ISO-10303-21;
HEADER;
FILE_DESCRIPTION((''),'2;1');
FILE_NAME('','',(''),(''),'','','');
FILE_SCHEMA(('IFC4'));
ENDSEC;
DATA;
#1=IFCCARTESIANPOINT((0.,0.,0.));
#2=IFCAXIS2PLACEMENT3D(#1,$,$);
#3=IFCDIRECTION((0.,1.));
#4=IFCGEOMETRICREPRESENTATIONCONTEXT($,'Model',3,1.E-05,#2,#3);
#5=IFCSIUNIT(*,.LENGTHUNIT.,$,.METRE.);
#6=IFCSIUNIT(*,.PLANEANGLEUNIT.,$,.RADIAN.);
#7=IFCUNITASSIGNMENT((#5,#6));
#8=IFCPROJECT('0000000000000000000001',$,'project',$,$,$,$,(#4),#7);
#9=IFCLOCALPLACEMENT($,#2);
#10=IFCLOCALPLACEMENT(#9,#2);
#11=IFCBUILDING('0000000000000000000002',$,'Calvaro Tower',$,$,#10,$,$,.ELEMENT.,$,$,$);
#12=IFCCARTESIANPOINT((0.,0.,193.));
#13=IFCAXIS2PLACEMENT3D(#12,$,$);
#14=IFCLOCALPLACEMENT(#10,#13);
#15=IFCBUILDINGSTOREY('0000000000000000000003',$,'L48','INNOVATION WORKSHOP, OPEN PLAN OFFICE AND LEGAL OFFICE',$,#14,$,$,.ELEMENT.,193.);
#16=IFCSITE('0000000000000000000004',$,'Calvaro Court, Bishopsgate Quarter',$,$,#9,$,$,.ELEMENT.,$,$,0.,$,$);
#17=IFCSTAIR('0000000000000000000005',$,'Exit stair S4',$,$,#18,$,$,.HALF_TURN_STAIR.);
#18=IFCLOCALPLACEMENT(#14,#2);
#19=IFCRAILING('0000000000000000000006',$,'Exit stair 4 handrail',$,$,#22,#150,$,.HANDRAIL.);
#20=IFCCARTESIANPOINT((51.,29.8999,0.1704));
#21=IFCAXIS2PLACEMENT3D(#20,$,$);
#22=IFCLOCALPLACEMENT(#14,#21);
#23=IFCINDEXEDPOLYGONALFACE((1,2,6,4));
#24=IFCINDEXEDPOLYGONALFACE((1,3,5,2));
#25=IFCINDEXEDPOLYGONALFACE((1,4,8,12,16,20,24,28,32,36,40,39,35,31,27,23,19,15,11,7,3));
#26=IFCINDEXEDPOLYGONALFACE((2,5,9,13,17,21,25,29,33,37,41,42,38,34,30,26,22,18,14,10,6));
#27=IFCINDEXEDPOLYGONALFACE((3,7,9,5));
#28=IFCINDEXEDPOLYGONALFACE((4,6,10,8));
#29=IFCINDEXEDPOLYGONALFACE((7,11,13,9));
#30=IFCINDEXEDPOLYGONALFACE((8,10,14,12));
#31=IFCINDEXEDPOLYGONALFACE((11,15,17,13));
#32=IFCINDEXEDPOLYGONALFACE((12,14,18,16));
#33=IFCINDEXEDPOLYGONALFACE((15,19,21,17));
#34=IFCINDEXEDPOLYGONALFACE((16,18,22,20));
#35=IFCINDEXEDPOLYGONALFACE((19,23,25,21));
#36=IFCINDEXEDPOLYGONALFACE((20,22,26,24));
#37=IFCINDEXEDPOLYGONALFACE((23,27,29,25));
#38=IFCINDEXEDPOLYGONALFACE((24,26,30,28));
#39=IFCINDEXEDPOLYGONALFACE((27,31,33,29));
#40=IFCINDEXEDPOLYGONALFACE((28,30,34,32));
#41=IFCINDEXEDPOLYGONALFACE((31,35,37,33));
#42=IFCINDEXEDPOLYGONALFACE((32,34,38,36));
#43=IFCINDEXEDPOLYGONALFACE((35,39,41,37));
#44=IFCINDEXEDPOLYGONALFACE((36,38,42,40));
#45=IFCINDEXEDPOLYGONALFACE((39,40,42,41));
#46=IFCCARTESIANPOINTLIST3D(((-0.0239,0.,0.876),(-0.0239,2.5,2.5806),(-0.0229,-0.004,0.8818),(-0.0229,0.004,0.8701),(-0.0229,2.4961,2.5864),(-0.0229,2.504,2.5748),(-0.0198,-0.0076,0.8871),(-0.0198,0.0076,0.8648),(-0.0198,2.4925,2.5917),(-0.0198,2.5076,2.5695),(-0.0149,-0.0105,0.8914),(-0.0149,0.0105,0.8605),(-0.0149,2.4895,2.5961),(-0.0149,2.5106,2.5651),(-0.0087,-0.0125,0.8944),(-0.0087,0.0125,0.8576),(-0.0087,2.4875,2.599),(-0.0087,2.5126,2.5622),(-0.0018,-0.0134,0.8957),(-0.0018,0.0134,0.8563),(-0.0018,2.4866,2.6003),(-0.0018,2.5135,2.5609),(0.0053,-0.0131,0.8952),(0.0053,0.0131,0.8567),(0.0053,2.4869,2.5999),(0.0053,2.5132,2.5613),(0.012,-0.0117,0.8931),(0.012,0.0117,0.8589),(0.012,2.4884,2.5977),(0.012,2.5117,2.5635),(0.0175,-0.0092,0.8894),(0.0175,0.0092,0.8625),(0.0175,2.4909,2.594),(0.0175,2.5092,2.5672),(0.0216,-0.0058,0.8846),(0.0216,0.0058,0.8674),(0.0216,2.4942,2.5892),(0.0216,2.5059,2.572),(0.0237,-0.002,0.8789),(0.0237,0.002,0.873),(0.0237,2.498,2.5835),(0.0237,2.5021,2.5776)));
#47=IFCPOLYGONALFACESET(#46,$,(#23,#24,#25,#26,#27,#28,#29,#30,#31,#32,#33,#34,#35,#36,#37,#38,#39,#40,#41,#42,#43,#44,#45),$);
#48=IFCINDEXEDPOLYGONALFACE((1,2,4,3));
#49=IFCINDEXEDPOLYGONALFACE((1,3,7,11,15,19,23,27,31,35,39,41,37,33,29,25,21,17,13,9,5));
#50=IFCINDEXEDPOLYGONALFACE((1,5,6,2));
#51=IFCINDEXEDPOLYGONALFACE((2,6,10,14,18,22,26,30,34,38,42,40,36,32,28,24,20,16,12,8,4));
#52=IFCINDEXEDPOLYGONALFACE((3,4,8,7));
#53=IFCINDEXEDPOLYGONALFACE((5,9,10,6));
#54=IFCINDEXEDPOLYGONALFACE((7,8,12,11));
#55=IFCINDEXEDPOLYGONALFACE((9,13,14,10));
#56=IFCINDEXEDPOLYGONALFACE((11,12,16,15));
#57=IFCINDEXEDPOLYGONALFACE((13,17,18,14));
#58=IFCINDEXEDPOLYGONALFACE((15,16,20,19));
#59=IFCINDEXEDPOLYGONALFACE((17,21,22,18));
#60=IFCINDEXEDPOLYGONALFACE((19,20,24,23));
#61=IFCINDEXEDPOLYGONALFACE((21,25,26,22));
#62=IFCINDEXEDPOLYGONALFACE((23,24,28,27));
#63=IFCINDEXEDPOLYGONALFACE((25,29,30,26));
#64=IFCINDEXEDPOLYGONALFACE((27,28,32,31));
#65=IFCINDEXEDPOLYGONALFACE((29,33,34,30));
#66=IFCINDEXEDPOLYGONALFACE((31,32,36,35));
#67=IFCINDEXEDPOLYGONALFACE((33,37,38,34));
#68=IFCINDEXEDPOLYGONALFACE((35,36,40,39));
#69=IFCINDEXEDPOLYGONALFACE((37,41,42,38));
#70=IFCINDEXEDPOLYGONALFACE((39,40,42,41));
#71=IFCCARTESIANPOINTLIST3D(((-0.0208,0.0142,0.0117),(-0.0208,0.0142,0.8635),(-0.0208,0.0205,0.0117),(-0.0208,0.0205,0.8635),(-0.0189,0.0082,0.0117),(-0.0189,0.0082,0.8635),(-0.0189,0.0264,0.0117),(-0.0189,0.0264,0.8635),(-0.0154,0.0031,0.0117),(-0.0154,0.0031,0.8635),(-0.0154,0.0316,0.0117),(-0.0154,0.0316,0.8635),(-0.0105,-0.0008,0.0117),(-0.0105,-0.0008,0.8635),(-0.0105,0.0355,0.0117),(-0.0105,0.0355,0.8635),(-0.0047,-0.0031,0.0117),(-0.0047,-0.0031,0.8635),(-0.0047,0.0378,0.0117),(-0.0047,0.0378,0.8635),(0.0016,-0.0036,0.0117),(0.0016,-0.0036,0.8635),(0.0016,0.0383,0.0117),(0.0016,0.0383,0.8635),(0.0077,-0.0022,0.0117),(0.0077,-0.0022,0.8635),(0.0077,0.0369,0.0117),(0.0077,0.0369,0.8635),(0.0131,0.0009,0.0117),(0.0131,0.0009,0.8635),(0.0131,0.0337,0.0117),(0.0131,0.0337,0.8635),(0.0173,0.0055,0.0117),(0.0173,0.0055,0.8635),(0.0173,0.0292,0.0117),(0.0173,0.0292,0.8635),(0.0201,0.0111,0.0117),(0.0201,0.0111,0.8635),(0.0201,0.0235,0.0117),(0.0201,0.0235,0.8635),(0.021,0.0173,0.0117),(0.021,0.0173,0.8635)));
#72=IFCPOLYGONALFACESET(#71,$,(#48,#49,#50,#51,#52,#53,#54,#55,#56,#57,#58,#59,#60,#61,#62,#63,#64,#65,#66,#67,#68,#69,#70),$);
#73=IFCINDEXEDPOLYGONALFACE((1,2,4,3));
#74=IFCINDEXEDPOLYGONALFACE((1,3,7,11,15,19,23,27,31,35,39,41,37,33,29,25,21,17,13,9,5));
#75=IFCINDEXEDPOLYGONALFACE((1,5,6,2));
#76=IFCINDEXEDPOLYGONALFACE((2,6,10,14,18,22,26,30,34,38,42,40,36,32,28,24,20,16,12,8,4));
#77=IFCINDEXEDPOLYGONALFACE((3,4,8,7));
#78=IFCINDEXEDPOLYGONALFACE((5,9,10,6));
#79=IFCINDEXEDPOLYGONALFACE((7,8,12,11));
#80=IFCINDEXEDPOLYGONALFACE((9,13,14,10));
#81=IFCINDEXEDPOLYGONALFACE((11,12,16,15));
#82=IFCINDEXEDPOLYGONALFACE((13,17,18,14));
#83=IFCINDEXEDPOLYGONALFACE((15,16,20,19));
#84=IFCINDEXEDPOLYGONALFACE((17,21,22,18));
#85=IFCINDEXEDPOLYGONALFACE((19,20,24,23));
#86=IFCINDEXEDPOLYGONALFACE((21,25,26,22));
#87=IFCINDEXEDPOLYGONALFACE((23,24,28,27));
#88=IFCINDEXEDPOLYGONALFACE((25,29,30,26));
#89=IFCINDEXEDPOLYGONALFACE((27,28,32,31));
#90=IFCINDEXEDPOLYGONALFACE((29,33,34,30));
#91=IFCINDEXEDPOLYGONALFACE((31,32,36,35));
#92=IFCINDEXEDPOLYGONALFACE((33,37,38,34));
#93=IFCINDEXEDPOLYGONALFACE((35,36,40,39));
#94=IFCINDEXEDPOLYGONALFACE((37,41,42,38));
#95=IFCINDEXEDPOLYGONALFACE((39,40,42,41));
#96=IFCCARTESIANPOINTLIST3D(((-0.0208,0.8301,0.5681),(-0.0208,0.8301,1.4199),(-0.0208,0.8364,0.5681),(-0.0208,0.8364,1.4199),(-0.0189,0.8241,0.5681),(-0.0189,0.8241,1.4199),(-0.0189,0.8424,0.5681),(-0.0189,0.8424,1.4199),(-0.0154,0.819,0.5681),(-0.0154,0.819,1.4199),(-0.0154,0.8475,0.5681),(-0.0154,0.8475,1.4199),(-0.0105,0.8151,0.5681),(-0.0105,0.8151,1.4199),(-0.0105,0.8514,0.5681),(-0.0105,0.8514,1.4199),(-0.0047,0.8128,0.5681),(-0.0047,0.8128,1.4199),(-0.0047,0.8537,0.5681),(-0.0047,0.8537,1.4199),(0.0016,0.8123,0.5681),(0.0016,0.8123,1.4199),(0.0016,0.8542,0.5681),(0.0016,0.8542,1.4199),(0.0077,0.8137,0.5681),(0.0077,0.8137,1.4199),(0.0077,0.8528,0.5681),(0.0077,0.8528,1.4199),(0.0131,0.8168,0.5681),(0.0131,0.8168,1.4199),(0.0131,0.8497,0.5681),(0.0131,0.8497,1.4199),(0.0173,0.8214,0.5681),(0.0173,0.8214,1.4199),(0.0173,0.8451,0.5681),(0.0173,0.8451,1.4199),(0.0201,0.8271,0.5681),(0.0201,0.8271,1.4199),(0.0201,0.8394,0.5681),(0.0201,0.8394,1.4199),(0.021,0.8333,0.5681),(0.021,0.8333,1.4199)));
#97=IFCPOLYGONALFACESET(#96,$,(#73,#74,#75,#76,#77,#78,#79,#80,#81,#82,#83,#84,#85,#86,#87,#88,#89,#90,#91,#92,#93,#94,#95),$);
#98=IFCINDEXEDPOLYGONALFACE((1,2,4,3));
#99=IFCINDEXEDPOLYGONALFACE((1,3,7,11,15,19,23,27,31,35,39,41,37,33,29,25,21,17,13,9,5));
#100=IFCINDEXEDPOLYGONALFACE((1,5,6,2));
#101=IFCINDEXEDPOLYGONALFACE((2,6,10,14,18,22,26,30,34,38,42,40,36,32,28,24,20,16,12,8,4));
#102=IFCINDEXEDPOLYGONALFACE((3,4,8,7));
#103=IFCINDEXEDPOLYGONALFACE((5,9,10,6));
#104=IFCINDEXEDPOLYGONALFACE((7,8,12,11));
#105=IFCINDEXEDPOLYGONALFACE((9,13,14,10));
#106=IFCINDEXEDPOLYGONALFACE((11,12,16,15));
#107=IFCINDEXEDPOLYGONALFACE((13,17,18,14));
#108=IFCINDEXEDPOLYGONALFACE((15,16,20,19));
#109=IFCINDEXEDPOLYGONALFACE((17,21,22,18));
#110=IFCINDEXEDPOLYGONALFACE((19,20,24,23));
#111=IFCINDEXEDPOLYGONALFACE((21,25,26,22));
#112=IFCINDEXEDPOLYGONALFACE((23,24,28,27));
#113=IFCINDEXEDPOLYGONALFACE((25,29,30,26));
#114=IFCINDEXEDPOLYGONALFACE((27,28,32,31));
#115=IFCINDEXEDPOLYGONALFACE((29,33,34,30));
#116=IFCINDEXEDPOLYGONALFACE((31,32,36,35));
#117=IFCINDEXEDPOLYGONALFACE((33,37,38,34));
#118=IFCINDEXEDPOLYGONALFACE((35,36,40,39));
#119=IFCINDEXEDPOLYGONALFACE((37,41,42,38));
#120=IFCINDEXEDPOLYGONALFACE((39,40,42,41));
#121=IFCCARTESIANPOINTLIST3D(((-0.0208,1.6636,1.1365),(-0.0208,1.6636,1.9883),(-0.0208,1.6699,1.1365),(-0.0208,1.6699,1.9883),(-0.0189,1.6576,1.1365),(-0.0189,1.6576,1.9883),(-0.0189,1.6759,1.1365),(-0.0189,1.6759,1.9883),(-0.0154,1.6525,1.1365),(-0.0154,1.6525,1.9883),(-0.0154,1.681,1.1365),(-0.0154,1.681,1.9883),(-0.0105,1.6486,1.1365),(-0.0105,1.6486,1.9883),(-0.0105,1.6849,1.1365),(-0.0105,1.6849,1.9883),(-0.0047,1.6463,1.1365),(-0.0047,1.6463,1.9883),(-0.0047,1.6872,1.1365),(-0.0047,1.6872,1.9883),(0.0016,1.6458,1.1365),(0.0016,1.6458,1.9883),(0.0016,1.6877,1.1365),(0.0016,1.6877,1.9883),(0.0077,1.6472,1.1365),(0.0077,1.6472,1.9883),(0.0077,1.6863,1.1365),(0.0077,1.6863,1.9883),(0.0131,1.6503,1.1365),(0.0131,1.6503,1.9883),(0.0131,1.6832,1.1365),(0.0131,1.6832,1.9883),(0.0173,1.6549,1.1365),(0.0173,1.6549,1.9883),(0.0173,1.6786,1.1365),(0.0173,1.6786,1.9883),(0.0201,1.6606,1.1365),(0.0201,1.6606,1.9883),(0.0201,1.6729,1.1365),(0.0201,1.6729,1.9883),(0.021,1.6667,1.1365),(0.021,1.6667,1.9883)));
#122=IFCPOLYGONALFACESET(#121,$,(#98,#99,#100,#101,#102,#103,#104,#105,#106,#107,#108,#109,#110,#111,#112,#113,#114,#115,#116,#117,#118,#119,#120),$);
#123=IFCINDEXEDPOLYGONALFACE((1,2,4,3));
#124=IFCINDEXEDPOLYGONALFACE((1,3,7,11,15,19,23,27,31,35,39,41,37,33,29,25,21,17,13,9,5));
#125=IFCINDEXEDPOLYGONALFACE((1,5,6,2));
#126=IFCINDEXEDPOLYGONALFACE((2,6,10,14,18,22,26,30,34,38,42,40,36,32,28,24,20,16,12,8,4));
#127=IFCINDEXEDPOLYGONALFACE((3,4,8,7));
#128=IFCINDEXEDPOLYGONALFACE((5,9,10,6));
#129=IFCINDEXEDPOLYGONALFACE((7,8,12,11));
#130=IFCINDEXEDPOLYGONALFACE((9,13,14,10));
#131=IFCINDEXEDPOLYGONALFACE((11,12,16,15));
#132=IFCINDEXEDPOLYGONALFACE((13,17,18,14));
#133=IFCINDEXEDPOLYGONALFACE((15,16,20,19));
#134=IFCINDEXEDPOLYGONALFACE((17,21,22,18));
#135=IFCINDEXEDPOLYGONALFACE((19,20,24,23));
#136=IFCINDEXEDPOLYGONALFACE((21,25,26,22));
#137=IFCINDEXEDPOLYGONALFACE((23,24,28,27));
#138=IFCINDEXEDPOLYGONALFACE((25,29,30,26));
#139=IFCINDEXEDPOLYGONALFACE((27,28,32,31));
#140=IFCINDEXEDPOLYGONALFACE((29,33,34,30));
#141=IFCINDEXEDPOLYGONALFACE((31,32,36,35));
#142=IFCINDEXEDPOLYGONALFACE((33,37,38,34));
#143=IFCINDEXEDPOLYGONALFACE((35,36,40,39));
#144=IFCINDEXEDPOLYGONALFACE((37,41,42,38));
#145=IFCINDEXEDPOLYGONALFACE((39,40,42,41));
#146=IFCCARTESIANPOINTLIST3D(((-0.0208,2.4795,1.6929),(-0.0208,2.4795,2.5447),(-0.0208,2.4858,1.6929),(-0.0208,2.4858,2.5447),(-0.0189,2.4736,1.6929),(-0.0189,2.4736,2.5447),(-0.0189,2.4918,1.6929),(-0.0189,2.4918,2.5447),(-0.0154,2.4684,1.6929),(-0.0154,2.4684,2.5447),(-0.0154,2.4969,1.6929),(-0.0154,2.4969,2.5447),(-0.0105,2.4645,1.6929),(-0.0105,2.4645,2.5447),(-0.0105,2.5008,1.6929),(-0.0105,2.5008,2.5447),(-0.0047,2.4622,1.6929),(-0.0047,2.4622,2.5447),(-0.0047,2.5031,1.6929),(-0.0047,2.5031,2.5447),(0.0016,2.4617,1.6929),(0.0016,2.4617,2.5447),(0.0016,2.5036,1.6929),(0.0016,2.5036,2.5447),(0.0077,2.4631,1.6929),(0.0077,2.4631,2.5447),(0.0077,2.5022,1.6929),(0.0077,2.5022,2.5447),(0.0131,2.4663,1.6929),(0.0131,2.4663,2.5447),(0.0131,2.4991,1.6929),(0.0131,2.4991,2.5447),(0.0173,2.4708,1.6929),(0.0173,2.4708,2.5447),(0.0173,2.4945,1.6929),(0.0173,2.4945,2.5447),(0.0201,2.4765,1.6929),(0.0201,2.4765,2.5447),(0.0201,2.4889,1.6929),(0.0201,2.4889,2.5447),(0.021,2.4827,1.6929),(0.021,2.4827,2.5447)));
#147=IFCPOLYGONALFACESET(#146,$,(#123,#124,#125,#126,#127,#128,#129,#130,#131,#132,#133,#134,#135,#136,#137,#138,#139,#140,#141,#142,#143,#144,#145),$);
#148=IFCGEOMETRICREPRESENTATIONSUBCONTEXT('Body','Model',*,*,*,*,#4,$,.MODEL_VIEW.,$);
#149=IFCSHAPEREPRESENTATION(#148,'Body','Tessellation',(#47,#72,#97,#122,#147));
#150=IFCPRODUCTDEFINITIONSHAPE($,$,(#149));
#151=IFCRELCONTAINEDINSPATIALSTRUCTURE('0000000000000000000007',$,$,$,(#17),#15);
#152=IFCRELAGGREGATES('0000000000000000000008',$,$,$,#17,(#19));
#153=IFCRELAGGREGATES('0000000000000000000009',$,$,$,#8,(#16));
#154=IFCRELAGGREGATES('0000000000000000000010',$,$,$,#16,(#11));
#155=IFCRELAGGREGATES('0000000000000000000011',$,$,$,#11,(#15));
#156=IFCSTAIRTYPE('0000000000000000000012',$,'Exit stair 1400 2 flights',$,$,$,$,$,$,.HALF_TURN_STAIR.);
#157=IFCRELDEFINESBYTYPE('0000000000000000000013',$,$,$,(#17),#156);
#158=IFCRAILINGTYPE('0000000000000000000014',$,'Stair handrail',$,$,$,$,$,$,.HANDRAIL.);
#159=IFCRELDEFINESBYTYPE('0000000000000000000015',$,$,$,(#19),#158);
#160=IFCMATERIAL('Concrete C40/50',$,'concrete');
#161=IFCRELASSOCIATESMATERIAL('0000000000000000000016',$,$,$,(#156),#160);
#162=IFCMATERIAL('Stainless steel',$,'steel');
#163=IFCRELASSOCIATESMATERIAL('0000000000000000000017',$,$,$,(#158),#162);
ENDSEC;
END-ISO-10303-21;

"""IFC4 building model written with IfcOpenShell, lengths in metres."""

from ifc_helpers import new_model, si_unit, direction, frame, origin, origin_2d, place, context, subcontext, project, spatial, circle, extrude, material, type_object, element, aggregate, save


model = new_model("IFC4")

# Units and contexts
model_context = context("Model", 3, precision=1e-05, world=origin(), true_north=direction((0.0, 1.0)))
body_context = subcontext(model_context, "Body", "Model", "MODEL_VIEW")
ifc_project = project(units=[si_unit("LENGTHUNIT", "METRE"), si_unit("PLANEANGLEUNIT", "RADIAN")], contexts=[model_context])

# Site, building, storey
site_placement = place(None, origin())
site = spatial("IfcSite", under=ifc_project, at=site_placement, Name="Calvaro Court, Bishopsgate Quarter", CompositionType="ELEMENT", RefElevation=0.0)
building_placement = place(site_placement, origin())
building = spatial("IfcBuilding", under=site, at=building_placement, Name="Calvaro Tower", CompositionType="ELEMENT")
storey_placement = place(building_placement, frame((0.0, 0.0, 193.0)))
storey = spatial("IfcBuildingStorey", under=building, at=storey_placement, Name="L48", Description="INNOVATION WORKSHOP, OPEN PLAN OFFICE AND LEGAL OFFICE", CompositionType="ELEMENT", Elevation=193.0)

# Stair
ifc_material_1 = material(Name="Concrete C40/50", Category="concrete")
stair_type = type_object("IfcStairType", Name="Exit stair 1400 2 flights", PredefinedType="HALF_TURN_STAIR", material=ifc_material_1)
stair_1_placement = place(storey_placement, origin())
stair_1 = element("IfcStair", 1, at=stair_1_placement, inside=storey, type_object=stair_type, Name="Exit stair S4", PredefinedType="HALF_TURN_STAIR")

# Railing
ifc_material_2 = material(Name="Stainless steel", Category="steel")
railing_type = type_object("IfcRailingType", Name="Stair handrail", PredefinedType="HANDRAIL", material=ifc_material_2)
railing_1_placement = place(storey_placement, frame((51.0, 29.8999, 0.1704)))
railing_1 = element("IfcRailing", 2, at=railing_1_placement, type_object=railing_type, Name="Exit stair 4 handrail", PredefinedType="HANDRAIL", context=body_context, shape_type="SweptSolid", body=[
    extrude(circle(Radius=0.0239, at=origin_2d()), frame((0.0, 0.0, 0.876), z_axis=(0.0, 0.826221, 0.563347), x_axis=(-1.0, 0.0, 0.0)), (0.0, 0.0, 1.0), 3.0259),
    extrude(circle(Radius=0.021, at=origin_2d()), frame((0.0, 0.0173, 0.0117)), (0.0, 0.0, 1.0), 0.8518),
    extrude(circle(Radius=0.021, at=origin_2d()), frame((0.0, 0.8333, 0.5681)), (0.0, 0.0, 1.0), 0.8518),
    extrude(circle(Radius=0.021, at=origin_2d()), frame((0.0, 1.6667, 1.1365)), (0.0, 0.0, 1.0), 0.8518),
    extrude(circle(Radius=0.021, at=origin_2d()), frame((0.0, 2.4827, 1.6929)), (0.0, 0.0, 1.0), 0.8518),
])
aggregate(stair_1, [railing_1])

save(model, "model.ifc")
